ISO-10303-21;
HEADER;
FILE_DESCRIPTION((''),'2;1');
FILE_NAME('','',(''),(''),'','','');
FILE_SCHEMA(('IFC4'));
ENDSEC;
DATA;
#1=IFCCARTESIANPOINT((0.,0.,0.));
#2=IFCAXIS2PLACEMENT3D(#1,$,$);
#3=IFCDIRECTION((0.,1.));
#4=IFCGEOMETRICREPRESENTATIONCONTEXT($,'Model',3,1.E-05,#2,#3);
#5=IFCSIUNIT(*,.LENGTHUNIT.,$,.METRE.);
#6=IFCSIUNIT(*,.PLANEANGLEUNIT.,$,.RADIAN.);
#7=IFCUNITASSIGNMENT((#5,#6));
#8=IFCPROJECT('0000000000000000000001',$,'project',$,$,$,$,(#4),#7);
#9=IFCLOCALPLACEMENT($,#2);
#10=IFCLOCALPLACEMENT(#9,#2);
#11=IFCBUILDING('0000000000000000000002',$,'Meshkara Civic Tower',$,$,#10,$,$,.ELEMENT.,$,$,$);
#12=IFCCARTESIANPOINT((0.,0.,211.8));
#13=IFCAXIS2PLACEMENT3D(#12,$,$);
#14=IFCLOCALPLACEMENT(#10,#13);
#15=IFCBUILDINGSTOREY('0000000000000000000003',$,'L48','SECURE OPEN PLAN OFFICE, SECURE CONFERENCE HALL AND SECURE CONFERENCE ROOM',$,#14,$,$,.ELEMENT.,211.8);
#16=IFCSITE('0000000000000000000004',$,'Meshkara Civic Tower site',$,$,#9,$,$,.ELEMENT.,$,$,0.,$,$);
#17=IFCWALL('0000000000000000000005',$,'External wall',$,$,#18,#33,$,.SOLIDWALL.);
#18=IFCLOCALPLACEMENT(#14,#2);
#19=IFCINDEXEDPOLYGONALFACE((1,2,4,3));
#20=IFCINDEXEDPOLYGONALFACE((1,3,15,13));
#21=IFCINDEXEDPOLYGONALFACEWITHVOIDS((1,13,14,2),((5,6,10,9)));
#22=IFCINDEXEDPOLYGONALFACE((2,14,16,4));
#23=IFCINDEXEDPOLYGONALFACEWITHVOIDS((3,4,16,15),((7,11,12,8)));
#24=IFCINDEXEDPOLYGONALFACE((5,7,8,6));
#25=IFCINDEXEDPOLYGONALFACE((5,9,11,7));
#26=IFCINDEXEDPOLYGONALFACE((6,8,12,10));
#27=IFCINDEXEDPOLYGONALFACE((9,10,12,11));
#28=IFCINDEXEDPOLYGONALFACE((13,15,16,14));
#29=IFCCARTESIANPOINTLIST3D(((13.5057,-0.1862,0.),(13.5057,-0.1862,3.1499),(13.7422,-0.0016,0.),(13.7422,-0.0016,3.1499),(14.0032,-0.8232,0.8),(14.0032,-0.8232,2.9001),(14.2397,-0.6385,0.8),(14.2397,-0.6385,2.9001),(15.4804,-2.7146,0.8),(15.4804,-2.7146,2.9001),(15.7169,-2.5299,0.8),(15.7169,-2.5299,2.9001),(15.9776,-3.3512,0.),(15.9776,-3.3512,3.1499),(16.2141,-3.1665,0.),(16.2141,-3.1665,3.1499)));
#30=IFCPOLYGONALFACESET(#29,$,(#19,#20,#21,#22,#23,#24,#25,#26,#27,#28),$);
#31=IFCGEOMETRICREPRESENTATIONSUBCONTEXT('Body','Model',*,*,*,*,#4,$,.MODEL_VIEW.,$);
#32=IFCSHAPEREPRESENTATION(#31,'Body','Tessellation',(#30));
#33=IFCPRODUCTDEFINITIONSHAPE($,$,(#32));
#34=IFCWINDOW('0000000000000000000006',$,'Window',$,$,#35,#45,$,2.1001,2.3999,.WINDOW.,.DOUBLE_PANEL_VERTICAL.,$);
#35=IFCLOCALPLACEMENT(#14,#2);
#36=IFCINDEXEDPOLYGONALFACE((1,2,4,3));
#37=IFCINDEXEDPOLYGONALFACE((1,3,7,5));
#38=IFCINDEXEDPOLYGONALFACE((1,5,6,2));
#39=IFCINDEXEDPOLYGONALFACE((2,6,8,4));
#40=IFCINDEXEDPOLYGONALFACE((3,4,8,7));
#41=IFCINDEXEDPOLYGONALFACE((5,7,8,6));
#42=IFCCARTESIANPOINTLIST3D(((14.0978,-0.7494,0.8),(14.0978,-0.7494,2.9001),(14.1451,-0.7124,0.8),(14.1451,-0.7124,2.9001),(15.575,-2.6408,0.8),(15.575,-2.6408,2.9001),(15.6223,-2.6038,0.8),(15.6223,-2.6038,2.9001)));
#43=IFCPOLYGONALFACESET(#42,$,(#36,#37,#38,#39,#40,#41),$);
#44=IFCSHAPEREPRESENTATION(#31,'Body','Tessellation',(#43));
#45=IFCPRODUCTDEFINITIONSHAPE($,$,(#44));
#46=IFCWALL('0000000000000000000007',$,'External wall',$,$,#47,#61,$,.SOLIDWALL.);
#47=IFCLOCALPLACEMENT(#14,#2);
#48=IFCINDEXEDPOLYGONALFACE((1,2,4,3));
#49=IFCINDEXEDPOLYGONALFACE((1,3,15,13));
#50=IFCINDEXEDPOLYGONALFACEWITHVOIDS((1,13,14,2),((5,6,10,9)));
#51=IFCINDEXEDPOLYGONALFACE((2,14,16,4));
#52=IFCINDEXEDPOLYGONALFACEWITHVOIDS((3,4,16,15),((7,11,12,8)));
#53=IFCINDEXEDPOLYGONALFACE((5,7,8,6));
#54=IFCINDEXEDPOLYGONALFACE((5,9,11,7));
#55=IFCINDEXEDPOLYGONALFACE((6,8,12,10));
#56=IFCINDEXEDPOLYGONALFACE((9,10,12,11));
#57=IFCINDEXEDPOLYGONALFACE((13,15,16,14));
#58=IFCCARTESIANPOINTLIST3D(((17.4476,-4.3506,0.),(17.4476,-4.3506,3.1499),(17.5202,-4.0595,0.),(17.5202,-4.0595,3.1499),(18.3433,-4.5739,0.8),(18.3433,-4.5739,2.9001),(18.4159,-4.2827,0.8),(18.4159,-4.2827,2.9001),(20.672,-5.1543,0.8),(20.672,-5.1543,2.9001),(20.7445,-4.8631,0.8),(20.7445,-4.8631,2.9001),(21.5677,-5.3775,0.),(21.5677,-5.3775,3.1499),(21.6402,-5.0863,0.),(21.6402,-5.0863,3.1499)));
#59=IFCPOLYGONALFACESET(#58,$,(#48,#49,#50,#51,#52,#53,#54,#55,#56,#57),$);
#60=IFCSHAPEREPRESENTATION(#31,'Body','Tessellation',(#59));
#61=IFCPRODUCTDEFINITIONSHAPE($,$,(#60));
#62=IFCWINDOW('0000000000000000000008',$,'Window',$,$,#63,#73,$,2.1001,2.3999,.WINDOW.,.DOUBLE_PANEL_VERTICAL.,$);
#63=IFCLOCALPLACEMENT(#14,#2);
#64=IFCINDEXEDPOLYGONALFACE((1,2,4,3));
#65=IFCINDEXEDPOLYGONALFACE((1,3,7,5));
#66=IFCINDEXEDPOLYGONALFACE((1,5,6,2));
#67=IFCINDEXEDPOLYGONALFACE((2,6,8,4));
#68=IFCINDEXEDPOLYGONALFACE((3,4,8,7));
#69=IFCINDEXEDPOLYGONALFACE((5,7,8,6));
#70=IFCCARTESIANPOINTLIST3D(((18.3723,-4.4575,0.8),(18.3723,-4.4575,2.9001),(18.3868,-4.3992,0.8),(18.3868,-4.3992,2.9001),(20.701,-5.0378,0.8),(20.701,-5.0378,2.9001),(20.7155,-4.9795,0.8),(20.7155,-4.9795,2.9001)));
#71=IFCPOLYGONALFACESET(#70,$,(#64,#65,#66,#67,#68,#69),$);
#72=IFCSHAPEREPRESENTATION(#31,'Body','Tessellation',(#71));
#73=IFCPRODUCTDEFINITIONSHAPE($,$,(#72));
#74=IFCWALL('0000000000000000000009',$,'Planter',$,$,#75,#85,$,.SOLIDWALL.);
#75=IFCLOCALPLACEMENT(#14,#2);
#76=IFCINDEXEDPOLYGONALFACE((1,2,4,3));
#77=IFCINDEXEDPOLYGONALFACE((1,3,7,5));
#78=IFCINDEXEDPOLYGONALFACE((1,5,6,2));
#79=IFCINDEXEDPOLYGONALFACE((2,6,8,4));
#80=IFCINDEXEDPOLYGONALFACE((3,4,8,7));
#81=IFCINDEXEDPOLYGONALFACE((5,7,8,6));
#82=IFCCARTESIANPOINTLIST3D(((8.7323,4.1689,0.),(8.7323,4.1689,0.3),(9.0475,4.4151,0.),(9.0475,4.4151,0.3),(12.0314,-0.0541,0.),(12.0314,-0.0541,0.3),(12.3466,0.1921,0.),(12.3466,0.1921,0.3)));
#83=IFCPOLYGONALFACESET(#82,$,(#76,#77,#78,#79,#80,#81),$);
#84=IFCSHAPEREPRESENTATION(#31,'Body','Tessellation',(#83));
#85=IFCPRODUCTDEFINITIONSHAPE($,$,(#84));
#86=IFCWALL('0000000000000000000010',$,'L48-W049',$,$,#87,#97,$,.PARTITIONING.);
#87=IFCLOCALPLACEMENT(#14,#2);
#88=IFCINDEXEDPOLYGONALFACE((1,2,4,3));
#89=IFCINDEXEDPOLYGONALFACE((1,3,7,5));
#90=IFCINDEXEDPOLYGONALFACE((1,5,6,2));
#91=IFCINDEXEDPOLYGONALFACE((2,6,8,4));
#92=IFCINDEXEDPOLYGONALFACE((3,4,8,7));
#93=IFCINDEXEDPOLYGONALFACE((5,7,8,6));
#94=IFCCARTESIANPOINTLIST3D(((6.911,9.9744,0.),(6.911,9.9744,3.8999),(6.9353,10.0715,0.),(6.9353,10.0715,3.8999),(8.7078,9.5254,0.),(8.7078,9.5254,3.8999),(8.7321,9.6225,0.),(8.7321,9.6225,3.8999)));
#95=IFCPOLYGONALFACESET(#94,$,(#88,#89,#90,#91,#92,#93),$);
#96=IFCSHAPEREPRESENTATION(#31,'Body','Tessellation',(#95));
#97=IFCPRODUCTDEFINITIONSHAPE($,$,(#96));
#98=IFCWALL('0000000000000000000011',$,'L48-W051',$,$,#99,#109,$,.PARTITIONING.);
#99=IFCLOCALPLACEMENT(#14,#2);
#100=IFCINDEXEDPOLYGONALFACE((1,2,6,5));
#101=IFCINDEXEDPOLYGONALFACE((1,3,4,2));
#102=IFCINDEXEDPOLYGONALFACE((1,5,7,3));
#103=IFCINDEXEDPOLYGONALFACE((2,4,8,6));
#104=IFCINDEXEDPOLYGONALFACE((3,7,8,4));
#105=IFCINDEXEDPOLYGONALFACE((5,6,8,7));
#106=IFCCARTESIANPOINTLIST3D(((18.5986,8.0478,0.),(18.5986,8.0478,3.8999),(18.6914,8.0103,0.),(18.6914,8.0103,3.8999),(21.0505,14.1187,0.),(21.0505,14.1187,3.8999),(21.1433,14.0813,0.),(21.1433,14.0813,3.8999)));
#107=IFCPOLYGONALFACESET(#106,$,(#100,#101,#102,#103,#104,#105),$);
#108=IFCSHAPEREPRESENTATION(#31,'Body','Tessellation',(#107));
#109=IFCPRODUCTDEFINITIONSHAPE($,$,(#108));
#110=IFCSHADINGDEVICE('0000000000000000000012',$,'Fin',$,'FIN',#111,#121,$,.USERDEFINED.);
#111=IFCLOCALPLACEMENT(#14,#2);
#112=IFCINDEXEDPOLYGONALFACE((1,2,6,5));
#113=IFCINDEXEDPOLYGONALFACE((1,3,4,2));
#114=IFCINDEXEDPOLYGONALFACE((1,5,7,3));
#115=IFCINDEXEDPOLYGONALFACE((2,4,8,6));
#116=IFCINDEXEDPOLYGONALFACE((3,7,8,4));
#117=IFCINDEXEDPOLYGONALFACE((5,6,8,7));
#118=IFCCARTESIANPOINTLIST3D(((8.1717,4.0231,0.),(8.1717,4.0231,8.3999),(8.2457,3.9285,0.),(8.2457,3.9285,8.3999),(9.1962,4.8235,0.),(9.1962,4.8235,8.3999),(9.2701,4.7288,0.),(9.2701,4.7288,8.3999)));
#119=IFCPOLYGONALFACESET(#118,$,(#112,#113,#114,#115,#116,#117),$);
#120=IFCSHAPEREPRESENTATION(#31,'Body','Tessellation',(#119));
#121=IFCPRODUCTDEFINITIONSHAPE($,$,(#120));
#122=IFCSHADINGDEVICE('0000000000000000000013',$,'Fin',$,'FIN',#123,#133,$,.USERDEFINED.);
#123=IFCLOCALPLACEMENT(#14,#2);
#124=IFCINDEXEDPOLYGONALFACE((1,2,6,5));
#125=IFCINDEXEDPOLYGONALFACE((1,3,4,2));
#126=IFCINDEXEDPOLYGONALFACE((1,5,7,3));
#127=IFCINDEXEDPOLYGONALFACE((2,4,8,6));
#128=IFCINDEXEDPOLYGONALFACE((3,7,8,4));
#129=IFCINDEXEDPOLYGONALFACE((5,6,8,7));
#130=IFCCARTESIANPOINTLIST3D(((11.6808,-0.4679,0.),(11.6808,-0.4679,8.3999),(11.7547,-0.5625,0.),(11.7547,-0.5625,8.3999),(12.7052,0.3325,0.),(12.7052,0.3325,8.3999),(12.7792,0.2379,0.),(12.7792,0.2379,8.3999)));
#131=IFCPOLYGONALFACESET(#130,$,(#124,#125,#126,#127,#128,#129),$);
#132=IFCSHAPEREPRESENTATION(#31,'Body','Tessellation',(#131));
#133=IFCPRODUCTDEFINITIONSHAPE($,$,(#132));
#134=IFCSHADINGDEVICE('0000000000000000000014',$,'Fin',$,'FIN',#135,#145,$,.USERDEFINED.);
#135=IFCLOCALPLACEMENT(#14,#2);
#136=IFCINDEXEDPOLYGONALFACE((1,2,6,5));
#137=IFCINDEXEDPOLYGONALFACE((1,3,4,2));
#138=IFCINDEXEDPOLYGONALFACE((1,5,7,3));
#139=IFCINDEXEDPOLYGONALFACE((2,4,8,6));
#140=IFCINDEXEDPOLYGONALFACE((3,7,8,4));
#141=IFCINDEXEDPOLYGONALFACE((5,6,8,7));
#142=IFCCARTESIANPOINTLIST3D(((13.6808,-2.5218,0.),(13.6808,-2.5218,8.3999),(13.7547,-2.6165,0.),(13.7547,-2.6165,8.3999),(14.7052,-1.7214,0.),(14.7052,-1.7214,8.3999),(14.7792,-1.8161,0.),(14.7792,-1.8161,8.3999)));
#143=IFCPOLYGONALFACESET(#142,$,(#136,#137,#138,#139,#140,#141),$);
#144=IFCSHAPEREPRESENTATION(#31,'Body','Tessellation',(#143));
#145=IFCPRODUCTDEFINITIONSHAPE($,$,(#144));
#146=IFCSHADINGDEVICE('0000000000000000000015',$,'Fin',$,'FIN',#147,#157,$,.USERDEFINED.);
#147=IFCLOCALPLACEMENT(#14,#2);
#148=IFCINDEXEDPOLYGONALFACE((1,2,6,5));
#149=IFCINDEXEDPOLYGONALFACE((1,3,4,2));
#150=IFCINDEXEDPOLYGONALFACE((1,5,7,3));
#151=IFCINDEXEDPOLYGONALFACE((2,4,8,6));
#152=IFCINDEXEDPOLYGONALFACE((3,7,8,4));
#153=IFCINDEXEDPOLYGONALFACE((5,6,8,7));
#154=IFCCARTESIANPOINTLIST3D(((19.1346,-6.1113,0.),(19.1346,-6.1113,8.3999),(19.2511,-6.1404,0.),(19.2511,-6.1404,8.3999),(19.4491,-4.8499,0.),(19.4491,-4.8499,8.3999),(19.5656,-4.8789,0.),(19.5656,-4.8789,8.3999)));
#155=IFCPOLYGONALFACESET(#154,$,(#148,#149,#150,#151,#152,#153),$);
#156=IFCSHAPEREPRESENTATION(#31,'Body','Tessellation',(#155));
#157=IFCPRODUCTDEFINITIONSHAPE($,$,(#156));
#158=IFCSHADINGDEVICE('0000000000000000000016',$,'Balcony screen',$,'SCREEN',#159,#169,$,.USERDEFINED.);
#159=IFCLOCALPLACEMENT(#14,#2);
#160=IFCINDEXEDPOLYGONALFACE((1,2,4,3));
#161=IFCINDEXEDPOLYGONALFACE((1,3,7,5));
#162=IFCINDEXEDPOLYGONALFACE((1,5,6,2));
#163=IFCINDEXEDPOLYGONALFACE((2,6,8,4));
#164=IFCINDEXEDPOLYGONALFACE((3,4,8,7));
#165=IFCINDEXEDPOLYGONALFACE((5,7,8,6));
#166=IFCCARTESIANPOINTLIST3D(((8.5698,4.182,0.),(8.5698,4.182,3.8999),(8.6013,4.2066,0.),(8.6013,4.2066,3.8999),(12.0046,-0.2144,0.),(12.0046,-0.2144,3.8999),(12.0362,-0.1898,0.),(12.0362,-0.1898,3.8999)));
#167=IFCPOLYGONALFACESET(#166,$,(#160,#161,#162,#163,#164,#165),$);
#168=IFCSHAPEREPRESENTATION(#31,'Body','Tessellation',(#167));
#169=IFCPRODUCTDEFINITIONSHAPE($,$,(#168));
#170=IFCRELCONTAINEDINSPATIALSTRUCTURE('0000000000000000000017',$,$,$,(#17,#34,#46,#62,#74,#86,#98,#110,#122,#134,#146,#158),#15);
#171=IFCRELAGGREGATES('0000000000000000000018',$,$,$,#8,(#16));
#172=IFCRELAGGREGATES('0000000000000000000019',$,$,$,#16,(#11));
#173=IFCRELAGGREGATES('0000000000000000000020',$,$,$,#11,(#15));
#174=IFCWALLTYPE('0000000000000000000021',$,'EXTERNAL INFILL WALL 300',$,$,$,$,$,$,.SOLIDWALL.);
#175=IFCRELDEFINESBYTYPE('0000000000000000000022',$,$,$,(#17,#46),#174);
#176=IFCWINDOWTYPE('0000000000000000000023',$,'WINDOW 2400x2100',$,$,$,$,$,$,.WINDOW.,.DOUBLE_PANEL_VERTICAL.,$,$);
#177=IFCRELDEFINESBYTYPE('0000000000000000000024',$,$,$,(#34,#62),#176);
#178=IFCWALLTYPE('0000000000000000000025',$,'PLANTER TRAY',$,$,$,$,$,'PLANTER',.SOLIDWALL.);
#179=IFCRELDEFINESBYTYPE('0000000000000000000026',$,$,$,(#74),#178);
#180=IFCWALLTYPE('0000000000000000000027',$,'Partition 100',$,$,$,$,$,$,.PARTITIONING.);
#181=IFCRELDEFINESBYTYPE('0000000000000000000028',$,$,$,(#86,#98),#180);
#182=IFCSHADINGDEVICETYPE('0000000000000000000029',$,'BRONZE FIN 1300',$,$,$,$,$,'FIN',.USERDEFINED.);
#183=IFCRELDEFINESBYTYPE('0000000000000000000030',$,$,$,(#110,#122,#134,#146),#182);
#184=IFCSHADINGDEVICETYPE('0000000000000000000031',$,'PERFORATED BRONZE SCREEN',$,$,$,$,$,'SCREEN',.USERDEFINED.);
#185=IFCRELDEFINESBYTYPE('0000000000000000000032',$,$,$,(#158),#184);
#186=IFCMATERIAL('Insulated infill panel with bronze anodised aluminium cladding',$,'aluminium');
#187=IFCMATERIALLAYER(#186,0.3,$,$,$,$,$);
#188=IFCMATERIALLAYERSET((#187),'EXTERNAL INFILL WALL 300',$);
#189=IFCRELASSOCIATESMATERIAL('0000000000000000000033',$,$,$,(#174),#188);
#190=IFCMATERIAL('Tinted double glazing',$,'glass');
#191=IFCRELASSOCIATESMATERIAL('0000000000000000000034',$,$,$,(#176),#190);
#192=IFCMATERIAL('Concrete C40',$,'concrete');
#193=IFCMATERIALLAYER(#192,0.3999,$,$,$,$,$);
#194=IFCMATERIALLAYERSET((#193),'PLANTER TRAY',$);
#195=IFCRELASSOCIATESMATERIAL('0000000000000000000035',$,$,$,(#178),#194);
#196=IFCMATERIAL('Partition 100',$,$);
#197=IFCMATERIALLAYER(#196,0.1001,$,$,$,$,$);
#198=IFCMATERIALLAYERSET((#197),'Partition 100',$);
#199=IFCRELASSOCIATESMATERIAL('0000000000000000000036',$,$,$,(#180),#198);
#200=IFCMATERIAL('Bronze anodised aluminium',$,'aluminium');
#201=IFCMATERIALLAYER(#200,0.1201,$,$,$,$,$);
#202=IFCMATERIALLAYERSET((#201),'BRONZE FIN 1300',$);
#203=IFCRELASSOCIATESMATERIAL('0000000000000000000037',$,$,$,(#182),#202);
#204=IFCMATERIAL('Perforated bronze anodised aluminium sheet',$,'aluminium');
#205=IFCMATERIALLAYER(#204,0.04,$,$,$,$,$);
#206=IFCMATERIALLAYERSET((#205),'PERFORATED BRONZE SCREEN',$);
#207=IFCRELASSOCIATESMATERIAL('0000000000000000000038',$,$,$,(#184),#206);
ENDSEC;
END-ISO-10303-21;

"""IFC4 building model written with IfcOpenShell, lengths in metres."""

from ifc_helpers import new_model, si_unit, direction, frame, frame_2d, origin, origin_2d, place, context, subcontext, project, spatial, rectangle, extrude, material, layer, layer_set, type_object, element, fill, save


model = new_model("IFC4")

# Units and contexts
model_context = context("Model", 3, precision=1e-05, world=origin(), true_north=direction((0.0, 1.0)))
body_context = subcontext(model_context, "Body", "Model", "MODEL_VIEW")
ifc_project = project(units=[si_unit("LENGTHUNIT", "METRE"), si_unit("PLANEANGLEUNIT", "RADIAN")], contexts=[model_context])

# Site, building, storey
site_placement = place(None, origin())
site = spatial("IfcSite", under=ifc_project, at=site_placement, Name="Meshkara Civic Tower site", CompositionType="ELEMENT", RefElevation=0.0)
building_placement = place(site_placement, origin())
building = spatial("IfcBuilding", under=site, at=building_placement, Name="Meshkara Civic Tower", CompositionType="ELEMENT")
storey_placement = place(building_placement, frame((0.0, 0.0, 211.8)))
storey = spatial("IfcBuildingStorey", under=building, at=storey_placement, Name="L48", Description="SECURE OPEN PLAN OFFICE, SECURE CONFERENCE HALL AND SECURE CONFERENCE ROOM", CompositionType="ELEMENT", Elevation=211.8)

# Walls, openings, windows
ifc_material_1 = material(Name="Insulated infill panel with bronze anodised aluminium cladding", Category="aluminium")
ifc_layer_1 = layer(ifc_material_1, 0.3)
ifc_layer_set_1 = layer_set([ifc_layer_1], Name="EXTERNAL INFILL WALL 300")
wall_type_1 = type_object("IfcWallType", Name="EXTERNAL INFILL WALL 300", PredefinedType="SOLIDWALL", material=ifc_layer_set_1)
wall_1_placement = place(storey_placement, frame((13.624, -0.094, 0.0), z_axis=(0.0, 0.0, 1.0), x_axis=(0.615526, -0.788117, 0.0)))
wall_1 = element("IfcWall", 1, at=wall_1_placement, inside=storey, type_object=wall_type_1, Name="External wall", PredefinedType="SOLIDWALL", context=body_context, shape_type="SweptSolid", body=[
    extrude(rectangle(XDim=4.0159, YDim=0.3, at=frame_2d((2.0078, 0.0))), origin(), (0.0, 0.0, 1.0), 3.1499),
])
opening_1_placement = place(wall_1_placement, frame((0.8081, 0.0, 0.8)))
opening_1 = element("IfcOpeningElement", 2, at=opening_1_placement, cuts=wall_1, PredefinedType="OPENING", context=body_context, shape_type="SweptSolid", body=[
    extrude(rectangle(XDim=2.3999, YDim=2.1001, at=frame_2d((1.2, 1.05))), frame((0.0, 0.1599, 0.0), z_axis=(0.0, -1.0, 0.0), x_axis=(1.0, 0.0, 0.0)), (0.0, 0.0, 1.0), 0.3201),
])
ifc_material_2 = material(Name="Tinted double glazing", Category="glass")
window_type = type_object("IfcWindowType", Name="WINDOW 2400x2100", PartitioningType="DOUBLE_PANEL_VERTICAL", PredefinedType="WINDOW", material=ifc_material_2)
window_1_placement = place(opening_1_placement, origin())
window_1 = element("IfcWindow", 3, at=window_1_placement, inside=storey, type_object=window_type, Name="Window", OverallHeight=2.1001, OverallWidth=2.3999, PartitioningType="DOUBLE_PANEL_VERTICAL", PredefinedType="WINDOW", context=body_context, shape_type="SweptSolid", body=[
    extrude(rectangle(XDim=2.3999, YDim=2.1001, at=frame_2d((1.2, 1.05))), frame((0.0, 0.03, 0.0), z_axis=(0.0, -1.0, 0.0), x_axis=(1.0, 0.0, 0.0)), (0.0, 0.0, 1.0), 0.0601),
])
fill(opening_1, window_1)
wall_2_placement = place(storey_placement, frame((17.4839, -4.2051, 0.0), z_axis=(0.0, 0.0, 1.0), x_axis=(0.970318, -0.241832, 0.0)))
wall_2 = element("IfcWall", 4, at=wall_2_placement, inside=storey, type_object=wall_type_1, Name="External wall", PredefinedType="SOLIDWALL", context=body_context, shape_type="SweptSolid", body=[
    extrude(rectangle(XDim=4.2461, YDim=0.3, at=frame_2d((2.123, 0.0))), origin(), (0.0, 0.0, 1.0), 3.1499),
])
opening_2_placement = place(wall_2_placement, frame((0.9231, 0.0, 0.8)))
opening_2 = element("IfcOpeningElement", 5, at=opening_2_placement, cuts=wall_2, PredefinedType="OPENING", context=body_context, shape_type="SweptSolid", body=[
    extrude(rectangle(XDim=2.3999, YDim=2.1001, at=frame_2d((1.2, 1.05))), frame((0.0, 0.1599, 0.0), z_axis=(0.0, -1.0, 0.0), x_axis=(1.0, 0.0, 0.0)), (0.0, 0.0, 1.0), 0.3201),
])
window_2_placement = place(opening_2_placement, origin())
window_2 = element("IfcWindow", 6, at=window_2_placement, inside=storey, type_object=window_type, Name="Window", OverallHeight=2.1001, OverallWidth=2.3999, PartitioningType="DOUBLE_PANEL_VERTICAL", PredefinedType="WINDOW", context=body_context, shape_type="SweptSolid", body=[
    extrude(rectangle(XDim=2.3999, YDim=2.1001, at=frame_2d((1.2, 1.05))), frame((0.0, 0.03, 0.0), z_axis=(0.0, -1.0, 0.0), x_axis=(1.0, 0.0, 0.0)), (0.0, 0.0, 1.0), 0.0601),
])
fill(opening_2, window_2)

# Walls
ifc_material_3 = material(Name="Concrete C40", Category="concrete")
ifc_layer_2 = layer(ifc_material_3, 0.3999)
ifc_layer_set_2 = layer_set([ifc_layer_2], Name="PLANTER TRAY")
wall_type_2 = type_object("IfcWallType", Name="PLANTER TRAY", ElementType="PLANTER", PredefinedType="SOLIDWALL", material=ifc_layer_set_2)
wall_3_placement = place(storey_placement, frame((8.8899, 4.292, 0.0), z_axis=(0.0, 0.0, 1.0), x_axis=(0.615636, -0.788031, 0.0)))
element("IfcWall", 7, at=wall_3_placement, inside=storey, type_object=wall_type_2, Name="Planter", PredefinedType="SOLIDWALL", context=body_context, shape_type="SweptSolid", body=[
    extrude(rectangle(XDim=5.3589, YDim=0.3999, at=frame_2d((2.6794, 0.0))), origin(), (0.0, 0.0, 1.0), 0.3),
])
ifc_material_4 = material(Name="Partition 100")
ifc_layer_3 = layer(ifc_material_4, 0.1001)
ifc_layer_set_3 = layer_set([ifc_layer_3], Name="Partition 100")
wall_type_3 = type_object("IfcWallType", Name="Partition 100", PredefinedType="PARTITIONING", material=ifc_layer_set_3)
wall_4_placement = place(storey_placement, frame((8.72, 9.574, 0.0), z_axis=(0.0, 0.0, 1.0), x_axis=(-0.970174, 0.242412, 0.0)))
element("IfcWall", 8, at=wall_4_placement, inside=storey, type_object=wall_type_3, Name="L48-W049", PredefinedType="PARTITIONING", context=body_context, shape_type="SweptSolid", body=[
    extrude(rectangle(XDim=1.8521, YDim=0.1001, at=frame_2d((0.926, 0.0))), origin(), (0.0, 0.0, 1.0), 3.8999),
])
wall_5_placement = place(storey_placement, frame((18.645, 8.0291, 0.0), z_axis=(0.0, 0.0, 1.0), x_axis=(0.374481, 0.927235, 0.0)))
element("IfcWall", 9, at=wall_5_placement, inside=storey, type_object=wall_type_3, Name="L48-W051", PredefinedType="PARTITIONING", context=body_context, shape_type="SweptSolid", body=[
    extrude(rectangle(XDim=6.5474, YDim=0.1001, at=frame_2d((3.2737, 0.0))), origin(), (0.0, 0.0, 1.0), 3.8999),
])

# Shading devices
ifc_material_5 = material(Name="Bronze anodised aluminium", Category="aluminium")
ifc_layer_4 = layer(ifc_material_5, 0.1201)
ifc_layer_set_4 = layer_set([ifc_layer_4], Name="BRONZE FIN 1300")
shading_device_type_1 = type_object("IfcShadingDeviceType", Name="BRONZE FIN 1300", ElementType="FIN", PredefinedType="USERDEFINED", material=ifc_layer_set_4)
for number, where, z_axis, x_axis, name in (
    (10, (8.7209, 4.376, 0.0), (0.0, 0.0, 1.0), (0.615661, -0.788011, 0.0), "Fin"),
    (11, (12.23, -0.115, 0.0), (0.0, 0.0, 1.0), (0.615661, -0.788011, 0.0), "Fin"),
    (12, (14.23, -2.1689, 0.0), (0.0, 0.0, 1.0), (0.615661, -0.788011, 0.0), "Fin"),
    (13, (19.3501, -5.4951, 0.0), (0.0, 0.0, 1.0), (0.9703, -0.241905, 0.0), "Fin"),
):
    element("IfcShadingDevice", number, at=place(storey_placement, frame(where, z_axis=z_axis, x_axis=x_axis)), inside=storey, type_object=shading_device_type_1, Name=name, ObjectType="FIN", PredefinedType="USERDEFINED", context=body_context, shape_type="SweptSolid", body=[
        extrude(rectangle(XDim=0.1201, YDim=1.3, at=origin_2d()), origin(), (0.0, 0.0, 1.0), 8.3999),
    ])
ifc_material_6 = material(Name="Perforated bronze anodised aluminium sheet", Category="aluminium")
ifc_layer_5 = layer(ifc_material_6, 0.04)
ifc_layer_set_5 = layer_set([ifc_layer_5], Name="PERFORATED BRONZE SCREEN")
shading_device_type_2 = type_object("IfcShadingDeviceType", Name="PERFORATED BRONZE SCREEN", ElementType="SCREEN", PredefinedType="USERDEFINED", material=ifc_layer_set_5)
shading_device_placement = place(storey_placement, frame((10.303, 1.9961, 0.0), z_axis=(0.0, 0.0, 1.0), x_axis=(0.615661, -0.788011, 0.0)))
element("IfcShadingDevice", 14, at=shading_device_placement, inside=storey, type_object=shading_device_type_2, Name="Balcony screen", ObjectType="SCREEN", PredefinedType="USERDEFINED", context=body_context, shape_type="SweptSolid", body=[
    extrude(rectangle(XDim=5.5791, YDim=0.04, at=origin_2d()), origin(), (0.0, 0.0, 1.0), 3.8999),
])

save(model, "model.ifc")
